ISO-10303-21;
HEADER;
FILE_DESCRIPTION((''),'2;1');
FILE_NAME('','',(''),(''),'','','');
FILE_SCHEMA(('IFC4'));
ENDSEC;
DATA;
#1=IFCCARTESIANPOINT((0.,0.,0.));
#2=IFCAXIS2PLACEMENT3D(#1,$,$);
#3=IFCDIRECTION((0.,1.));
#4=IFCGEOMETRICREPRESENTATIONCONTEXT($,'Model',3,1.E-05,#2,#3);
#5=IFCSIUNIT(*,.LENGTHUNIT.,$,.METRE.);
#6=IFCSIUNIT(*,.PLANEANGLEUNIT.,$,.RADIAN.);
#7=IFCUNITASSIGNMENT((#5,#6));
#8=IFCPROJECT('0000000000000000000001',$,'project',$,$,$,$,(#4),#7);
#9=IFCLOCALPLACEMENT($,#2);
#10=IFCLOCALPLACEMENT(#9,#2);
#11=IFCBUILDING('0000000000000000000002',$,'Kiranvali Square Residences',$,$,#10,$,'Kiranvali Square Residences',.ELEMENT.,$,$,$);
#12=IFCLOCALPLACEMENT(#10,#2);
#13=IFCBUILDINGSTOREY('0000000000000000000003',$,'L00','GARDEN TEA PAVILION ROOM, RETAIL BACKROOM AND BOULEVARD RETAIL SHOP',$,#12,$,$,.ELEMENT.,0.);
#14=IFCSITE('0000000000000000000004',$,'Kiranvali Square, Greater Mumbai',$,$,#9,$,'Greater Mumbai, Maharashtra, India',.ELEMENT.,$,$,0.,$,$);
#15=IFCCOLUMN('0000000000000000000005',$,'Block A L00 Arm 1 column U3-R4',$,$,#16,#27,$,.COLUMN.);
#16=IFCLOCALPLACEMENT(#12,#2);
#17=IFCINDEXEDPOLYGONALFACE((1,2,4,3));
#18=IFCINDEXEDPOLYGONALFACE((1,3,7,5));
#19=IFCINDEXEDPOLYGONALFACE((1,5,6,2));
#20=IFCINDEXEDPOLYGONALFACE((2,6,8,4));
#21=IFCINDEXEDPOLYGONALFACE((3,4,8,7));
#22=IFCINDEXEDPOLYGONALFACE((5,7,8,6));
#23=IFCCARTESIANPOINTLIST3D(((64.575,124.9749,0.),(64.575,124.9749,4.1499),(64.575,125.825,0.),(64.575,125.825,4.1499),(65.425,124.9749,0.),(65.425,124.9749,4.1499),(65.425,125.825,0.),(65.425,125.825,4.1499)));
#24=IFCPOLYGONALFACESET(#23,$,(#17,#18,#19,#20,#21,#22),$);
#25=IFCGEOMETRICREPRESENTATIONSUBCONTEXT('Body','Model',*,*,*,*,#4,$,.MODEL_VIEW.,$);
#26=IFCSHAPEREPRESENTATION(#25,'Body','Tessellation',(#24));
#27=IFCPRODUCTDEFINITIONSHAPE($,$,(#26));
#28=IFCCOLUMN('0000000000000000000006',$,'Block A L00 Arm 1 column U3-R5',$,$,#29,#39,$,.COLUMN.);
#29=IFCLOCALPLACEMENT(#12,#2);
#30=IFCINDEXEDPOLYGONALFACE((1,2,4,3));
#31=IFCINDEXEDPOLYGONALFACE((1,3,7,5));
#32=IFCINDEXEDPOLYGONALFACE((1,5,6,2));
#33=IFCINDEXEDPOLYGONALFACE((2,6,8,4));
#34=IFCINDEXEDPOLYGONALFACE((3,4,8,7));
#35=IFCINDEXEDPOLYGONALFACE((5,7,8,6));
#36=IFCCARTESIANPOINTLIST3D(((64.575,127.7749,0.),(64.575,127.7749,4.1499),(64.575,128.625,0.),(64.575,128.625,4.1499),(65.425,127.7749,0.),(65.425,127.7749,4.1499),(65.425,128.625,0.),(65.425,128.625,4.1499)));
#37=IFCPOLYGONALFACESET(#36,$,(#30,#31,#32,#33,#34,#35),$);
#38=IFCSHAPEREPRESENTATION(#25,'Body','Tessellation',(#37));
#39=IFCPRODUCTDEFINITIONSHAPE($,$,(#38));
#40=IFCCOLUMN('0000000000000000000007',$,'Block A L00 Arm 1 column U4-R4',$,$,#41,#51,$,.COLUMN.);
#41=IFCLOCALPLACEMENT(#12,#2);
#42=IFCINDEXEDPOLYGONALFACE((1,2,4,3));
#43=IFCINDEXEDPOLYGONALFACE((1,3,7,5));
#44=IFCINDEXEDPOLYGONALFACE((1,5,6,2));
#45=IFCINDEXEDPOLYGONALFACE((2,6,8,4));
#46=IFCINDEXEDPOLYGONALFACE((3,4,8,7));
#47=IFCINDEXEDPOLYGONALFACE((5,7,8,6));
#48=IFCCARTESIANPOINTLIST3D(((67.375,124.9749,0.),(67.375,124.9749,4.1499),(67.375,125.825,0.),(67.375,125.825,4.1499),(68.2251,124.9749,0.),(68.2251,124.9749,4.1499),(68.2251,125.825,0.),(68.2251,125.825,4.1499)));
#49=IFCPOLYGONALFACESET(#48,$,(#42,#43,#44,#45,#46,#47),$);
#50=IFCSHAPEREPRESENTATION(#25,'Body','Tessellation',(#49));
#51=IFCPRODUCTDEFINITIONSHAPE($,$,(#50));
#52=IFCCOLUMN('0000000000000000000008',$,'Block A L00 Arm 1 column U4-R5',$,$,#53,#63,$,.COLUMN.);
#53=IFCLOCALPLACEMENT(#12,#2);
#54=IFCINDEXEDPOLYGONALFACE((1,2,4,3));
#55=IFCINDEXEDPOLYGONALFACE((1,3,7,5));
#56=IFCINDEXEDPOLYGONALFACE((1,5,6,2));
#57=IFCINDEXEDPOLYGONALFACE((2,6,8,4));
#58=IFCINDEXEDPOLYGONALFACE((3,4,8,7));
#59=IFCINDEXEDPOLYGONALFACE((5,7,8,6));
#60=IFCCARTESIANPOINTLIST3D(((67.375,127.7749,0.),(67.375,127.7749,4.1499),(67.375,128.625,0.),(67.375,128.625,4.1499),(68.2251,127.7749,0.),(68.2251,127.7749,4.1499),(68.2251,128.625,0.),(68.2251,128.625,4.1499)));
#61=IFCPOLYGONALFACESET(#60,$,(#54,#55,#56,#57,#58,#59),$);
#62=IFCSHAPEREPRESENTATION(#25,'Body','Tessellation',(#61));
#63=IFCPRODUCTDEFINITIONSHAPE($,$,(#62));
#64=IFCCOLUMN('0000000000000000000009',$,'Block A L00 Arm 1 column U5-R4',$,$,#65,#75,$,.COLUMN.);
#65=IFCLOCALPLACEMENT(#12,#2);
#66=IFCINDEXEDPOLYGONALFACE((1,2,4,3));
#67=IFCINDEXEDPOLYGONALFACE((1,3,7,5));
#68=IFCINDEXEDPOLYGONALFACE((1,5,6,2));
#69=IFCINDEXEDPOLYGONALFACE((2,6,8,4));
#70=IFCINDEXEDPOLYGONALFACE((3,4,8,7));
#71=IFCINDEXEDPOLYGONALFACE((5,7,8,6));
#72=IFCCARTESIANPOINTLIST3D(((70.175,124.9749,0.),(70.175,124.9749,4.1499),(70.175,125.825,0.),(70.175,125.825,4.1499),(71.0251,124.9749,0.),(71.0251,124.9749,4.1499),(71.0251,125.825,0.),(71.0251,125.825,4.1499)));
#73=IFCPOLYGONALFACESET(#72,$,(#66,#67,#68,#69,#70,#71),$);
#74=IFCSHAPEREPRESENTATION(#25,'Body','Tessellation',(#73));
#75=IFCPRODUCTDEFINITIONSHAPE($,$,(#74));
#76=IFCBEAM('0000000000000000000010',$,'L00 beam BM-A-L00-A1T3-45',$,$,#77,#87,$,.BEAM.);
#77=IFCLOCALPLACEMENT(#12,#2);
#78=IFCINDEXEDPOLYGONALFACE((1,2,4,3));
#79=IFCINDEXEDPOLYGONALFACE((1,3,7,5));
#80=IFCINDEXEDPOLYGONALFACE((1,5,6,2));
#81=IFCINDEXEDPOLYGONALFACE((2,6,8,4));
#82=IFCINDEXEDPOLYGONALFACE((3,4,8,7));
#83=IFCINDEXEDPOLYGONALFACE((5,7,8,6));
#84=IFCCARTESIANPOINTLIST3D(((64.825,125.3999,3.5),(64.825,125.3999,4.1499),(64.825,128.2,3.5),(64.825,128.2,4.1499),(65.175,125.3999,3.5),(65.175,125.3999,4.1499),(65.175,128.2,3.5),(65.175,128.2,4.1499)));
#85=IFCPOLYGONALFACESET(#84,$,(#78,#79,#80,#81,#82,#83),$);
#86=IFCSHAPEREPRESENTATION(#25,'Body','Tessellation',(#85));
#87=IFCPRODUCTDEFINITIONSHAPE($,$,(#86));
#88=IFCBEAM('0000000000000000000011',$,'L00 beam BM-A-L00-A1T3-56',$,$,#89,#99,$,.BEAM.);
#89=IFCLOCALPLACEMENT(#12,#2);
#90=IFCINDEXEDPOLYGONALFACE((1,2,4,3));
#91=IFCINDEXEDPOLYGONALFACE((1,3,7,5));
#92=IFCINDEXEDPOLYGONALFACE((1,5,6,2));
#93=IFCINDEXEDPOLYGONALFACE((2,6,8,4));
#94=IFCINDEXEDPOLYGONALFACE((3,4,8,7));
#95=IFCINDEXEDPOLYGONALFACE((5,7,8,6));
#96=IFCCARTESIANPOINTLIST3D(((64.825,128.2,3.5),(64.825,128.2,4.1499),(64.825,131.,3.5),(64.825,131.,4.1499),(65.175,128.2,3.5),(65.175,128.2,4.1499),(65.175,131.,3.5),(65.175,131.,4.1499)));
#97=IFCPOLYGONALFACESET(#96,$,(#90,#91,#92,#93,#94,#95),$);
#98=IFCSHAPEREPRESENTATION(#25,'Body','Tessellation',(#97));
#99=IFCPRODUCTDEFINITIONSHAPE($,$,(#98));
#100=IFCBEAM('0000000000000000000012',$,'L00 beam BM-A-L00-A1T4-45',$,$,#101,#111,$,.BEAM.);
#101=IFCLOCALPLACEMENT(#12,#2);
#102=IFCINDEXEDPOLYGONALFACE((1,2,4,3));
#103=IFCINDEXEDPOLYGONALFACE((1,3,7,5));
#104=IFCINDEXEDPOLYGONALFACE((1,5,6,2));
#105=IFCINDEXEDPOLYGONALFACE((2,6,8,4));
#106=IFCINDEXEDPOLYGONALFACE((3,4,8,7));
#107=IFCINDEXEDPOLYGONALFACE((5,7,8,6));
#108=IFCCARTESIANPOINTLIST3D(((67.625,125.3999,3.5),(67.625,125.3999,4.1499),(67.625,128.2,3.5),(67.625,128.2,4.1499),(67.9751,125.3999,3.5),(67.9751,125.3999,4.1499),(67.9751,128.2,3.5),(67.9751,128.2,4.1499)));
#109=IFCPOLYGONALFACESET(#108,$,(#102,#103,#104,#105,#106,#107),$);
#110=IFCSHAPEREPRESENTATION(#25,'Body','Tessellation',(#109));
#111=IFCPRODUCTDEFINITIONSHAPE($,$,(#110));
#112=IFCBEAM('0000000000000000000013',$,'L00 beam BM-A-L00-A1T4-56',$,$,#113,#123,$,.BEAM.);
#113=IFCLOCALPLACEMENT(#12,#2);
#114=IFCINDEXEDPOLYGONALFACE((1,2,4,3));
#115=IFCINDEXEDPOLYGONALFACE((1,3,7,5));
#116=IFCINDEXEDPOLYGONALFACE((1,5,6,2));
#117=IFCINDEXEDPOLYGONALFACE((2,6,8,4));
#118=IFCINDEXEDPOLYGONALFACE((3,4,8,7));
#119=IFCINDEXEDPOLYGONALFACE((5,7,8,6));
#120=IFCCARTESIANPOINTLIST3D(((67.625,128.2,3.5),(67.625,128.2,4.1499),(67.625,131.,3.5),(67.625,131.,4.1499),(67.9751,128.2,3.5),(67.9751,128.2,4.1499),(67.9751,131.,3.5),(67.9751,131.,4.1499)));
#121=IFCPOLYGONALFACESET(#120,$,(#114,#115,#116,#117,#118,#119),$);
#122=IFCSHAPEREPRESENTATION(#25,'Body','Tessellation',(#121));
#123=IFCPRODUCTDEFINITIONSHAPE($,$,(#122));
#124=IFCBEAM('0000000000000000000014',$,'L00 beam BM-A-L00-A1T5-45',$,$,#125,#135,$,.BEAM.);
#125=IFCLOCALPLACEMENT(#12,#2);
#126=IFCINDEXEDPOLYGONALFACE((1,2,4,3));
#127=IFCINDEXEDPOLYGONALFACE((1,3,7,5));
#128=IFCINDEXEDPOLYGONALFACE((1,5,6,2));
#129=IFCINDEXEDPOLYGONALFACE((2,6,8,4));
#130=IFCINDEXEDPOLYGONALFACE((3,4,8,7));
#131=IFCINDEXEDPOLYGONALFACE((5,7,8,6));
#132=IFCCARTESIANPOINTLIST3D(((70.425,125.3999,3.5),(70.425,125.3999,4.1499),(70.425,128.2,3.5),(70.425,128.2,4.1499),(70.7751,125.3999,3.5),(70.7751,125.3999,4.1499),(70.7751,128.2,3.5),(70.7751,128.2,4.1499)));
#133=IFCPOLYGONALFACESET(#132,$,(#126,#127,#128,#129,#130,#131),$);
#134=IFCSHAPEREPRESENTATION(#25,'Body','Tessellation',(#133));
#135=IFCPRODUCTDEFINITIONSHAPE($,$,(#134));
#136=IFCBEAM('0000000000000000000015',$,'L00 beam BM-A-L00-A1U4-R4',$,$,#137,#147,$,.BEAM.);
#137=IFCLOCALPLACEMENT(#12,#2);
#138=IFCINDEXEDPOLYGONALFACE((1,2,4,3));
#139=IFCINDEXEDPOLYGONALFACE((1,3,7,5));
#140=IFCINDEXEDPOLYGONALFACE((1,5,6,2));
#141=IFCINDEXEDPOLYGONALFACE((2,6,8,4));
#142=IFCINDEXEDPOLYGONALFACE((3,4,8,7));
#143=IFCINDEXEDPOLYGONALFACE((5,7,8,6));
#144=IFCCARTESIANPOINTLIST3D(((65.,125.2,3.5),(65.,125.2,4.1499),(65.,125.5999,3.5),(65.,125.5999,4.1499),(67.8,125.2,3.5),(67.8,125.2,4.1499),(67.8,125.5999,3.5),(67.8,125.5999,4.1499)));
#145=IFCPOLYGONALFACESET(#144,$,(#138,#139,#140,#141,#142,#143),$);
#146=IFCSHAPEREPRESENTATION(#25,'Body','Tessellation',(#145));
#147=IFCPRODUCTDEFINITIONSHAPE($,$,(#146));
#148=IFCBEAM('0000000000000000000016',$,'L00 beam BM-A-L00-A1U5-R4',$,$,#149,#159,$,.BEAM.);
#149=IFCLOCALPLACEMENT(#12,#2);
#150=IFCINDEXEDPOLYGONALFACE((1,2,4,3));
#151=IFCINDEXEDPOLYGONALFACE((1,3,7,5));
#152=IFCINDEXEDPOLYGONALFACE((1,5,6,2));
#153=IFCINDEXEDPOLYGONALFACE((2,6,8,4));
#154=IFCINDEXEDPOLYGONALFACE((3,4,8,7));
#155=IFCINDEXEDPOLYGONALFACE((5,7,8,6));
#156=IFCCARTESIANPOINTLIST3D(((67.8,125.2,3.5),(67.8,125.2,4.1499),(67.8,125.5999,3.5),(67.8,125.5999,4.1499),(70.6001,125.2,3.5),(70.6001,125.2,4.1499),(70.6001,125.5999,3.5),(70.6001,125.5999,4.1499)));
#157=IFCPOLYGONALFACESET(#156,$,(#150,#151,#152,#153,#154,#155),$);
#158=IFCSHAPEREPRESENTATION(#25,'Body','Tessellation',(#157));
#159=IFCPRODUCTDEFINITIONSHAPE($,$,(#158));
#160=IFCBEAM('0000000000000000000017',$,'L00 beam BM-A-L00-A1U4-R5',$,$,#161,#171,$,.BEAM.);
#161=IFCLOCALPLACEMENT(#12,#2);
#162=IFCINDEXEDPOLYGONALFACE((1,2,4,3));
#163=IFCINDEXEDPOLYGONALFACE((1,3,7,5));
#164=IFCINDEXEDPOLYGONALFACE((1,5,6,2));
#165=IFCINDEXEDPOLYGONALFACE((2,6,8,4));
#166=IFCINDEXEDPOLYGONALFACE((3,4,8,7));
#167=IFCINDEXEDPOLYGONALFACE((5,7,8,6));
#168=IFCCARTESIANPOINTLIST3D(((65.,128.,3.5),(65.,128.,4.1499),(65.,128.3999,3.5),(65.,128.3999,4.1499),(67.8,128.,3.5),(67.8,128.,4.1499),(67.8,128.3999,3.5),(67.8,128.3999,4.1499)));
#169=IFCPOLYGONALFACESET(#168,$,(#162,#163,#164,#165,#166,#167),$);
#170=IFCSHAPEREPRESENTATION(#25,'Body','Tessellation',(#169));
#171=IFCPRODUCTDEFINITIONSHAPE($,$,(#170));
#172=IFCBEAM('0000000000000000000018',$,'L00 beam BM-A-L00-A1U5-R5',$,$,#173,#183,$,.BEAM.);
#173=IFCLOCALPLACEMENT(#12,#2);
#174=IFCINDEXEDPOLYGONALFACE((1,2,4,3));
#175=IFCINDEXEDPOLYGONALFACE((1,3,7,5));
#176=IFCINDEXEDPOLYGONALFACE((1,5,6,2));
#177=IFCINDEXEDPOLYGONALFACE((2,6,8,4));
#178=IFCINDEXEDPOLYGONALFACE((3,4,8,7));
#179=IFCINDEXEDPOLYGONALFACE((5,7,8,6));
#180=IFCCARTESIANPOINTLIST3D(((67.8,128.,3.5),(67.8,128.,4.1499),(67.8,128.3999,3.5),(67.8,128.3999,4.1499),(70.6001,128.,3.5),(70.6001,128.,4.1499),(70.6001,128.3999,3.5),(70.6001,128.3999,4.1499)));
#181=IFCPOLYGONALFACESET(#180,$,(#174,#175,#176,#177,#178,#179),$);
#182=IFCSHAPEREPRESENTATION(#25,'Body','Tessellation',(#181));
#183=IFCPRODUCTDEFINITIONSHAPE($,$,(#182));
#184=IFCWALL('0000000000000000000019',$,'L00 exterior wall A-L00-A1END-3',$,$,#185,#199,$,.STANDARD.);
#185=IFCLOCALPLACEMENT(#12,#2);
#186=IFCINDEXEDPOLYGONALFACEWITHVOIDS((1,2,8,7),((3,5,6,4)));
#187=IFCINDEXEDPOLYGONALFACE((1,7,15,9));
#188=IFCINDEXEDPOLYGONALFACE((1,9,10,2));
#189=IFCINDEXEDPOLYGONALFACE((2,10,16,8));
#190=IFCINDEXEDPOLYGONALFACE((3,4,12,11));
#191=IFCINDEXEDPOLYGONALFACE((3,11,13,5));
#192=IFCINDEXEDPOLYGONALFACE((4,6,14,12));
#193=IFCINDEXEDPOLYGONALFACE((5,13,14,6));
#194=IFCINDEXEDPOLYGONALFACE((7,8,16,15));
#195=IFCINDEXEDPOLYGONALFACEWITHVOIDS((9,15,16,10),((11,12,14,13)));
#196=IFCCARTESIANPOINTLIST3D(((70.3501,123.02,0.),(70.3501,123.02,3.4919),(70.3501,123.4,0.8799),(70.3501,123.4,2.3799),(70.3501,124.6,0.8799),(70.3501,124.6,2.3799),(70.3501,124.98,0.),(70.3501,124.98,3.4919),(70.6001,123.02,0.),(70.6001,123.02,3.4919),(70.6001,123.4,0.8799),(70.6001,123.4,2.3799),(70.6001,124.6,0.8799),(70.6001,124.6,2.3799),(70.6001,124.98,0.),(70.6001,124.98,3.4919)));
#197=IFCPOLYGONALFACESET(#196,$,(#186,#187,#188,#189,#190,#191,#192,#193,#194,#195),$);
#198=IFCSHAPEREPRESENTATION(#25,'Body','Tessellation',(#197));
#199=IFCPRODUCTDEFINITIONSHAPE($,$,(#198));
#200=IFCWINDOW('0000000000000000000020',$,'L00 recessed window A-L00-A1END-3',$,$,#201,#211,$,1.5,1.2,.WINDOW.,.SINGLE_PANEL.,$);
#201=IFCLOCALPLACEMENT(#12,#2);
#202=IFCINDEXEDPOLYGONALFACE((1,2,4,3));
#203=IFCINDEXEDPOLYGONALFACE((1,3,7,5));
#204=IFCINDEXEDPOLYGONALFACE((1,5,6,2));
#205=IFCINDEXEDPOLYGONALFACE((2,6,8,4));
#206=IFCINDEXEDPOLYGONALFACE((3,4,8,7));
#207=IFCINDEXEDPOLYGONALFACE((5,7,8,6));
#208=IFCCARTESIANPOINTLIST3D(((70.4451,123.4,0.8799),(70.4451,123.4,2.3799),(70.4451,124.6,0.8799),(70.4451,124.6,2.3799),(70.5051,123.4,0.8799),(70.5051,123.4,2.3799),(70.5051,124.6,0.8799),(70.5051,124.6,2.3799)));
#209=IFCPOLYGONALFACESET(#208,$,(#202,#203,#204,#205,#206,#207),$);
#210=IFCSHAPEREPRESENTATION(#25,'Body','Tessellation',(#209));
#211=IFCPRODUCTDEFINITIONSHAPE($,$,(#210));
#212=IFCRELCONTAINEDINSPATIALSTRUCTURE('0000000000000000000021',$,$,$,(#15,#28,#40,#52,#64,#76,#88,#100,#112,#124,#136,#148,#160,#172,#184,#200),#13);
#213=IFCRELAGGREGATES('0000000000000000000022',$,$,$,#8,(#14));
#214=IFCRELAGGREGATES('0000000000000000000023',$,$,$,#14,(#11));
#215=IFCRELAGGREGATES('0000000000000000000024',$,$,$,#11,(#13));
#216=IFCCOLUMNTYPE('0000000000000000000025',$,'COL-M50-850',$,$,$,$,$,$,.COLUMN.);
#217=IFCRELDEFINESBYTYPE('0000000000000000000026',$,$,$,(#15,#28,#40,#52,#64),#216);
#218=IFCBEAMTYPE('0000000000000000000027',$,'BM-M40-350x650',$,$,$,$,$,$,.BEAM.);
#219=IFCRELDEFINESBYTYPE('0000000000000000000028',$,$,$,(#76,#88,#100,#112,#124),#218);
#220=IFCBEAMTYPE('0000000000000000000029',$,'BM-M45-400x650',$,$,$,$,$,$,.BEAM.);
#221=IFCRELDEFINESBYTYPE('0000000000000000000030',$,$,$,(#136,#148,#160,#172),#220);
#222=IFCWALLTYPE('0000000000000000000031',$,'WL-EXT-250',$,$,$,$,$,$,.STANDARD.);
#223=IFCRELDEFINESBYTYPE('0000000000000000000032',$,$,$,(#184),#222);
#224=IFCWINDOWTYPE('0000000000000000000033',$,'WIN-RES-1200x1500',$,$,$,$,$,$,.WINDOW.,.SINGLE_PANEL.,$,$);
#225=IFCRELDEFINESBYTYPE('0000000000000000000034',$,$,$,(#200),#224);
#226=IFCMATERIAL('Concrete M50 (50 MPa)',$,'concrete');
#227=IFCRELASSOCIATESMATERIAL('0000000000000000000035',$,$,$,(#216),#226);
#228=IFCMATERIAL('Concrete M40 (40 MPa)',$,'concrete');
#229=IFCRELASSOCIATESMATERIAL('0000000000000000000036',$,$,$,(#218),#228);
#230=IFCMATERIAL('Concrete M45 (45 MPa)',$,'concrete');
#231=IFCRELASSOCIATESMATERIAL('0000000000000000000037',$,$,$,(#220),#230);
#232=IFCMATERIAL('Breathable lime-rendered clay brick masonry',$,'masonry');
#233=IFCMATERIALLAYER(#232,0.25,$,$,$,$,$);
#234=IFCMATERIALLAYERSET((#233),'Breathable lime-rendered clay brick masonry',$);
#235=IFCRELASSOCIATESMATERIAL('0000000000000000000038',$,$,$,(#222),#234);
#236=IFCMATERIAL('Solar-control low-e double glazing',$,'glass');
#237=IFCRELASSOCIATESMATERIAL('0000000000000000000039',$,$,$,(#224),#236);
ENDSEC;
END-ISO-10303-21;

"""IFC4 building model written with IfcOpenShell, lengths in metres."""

from ifc_helpers import new_model, si_unit, direction, frame, frame_2d, origin, origin_2d, place, context, subcontext, project, spatial, rectangle, extrude, material, layer, layer_set, material_profile, profile_set, type_object, element, fill, save


model = new_model("IFC4")

# Units and contexts
model_context = context("Model", 3, precision=1e-05, world=origin(), true_north=direction((0.0, 1.0)))
body_context = subcontext(model_context, "Body", "Model", "MODEL_VIEW")
ifc_project = project(units=[si_unit("LENGTHUNIT", "METRE"), si_unit("PLANEANGLEUNIT", "RADIAN")], contexts=[model_context])

# Site, building, storey
site_placement = place(None, origin())
site = spatial("IfcSite", under=ifc_project, at=site_placement, Name="Kiranvali Square, Greater Mumbai", LongName="Greater Mumbai, Maharashtra, India", CompositionType="ELEMENT", RefElevation=0.0)
building_placement = place(site_placement, origin())
building = spatial("IfcBuilding", under=site, at=building_placement, Name="Kiranvali Square Residences", LongName="Kiranvali Square Residences", CompositionType="ELEMENT")
storey_placement = place(building_placement, origin())
storey = spatial("IfcBuildingStorey", under=building, at=storey_placement, Name="L00", Description="GARDEN TEA PAVILION ROOM, RETAIL BACKROOM AND BOULEVARD RETAIL SHOP", CompositionType="ELEMENT", Elevation=0.0)

# Columns
ifc_material_1 = material(Name="Concrete M50 (50 MPa)", Category="concrete")
ifc_material_profile_1 = material_profile(ifc_material_1, rectangle(XDim=0.8501, YDim=0.8501, at=origin_2d()), Name="RC 850x850")
ifc_profile_set_1 = profile_set([ifc_material_profile_1], Name="Concrete M50 (50 MPa)")
column_type = type_object("IfcColumnType", Name="COL-M50-850", PredefinedType="COLUMN", material=ifc_profile_set_1)
for number, where, z_axis, x_axis, name in (
    (1, (65.0, 125.3999, 0.0), (0.0, 0.0, 1.0), (1.0, 0.0, 0.0), "Block A L00 Arm 1 column U3-R4"),
    (2, (65.0, 128.2, 0.0), (0.0, 0.0, 1.0), (1.0, 0.0, 0.0), "Block A L00 Arm 1 column U3-R5"),
    (3, (67.8, 125.3999, 0.0), (0.0, 0.0, 1.0), (1.0, 0.0, 0.0), "Block A L00 Arm 1 column U4-R4"),
    (4, (67.8, 128.2, 0.0), (0.0, 0.0, 1.0), (1.0, 0.0, 0.0), "Block A L00 Arm 1 column U4-R5"),
    (5, (70.6001, 125.3999, 0.0), (0.0, 0.0, 1.0), (1.0, 0.0, 0.0), "Block A L00 Arm 1 column U5-R4"),
):
    element("IfcColumn", number, at=place(storey_placement, frame(where, z_axis=z_axis, x_axis=x_axis)), inside=storey, type_object=column_type, Name=name, PredefinedType="COLUMN", context=body_context, shape_type="SweptSolid", body=[
        extrude(rectangle(XDim=0.8501, YDim=0.8501, at=origin_2d()), origin(), (0.0, 0.0, 1.0), 4.1499),
    ])

# Beams
ifc_material_2 = material(Name="Concrete M40 (40 MPa)", Category="concrete")
ifc_material_profile_2 = material_profile(ifc_material_2, rectangle(XDim=0.3501, YDim=0.6499, at=origin_2d()), Name="RC 350x650")
ifc_profile_set_2 = profile_set([ifc_material_profile_2], Name="Concrete M40 (40 MPa)")
beam_type_1 = type_object("IfcBeamType", Name="BM-M40-350x650", PredefinedType="BEAM", material=ifc_profile_set_2)
for number, where, z_axis, x_axis, name in (
    (6, (65.0, 125.3999, 3.825), (0.0, 1.0, 0.0), (-1.0, 0.0, 0.0), "L00 beam BM-A-L00-A1T3-45"),
    (7, (65.0, 128.2, 3.825), (0.0, 1.0, 0.0), (-1.0, 0.0, 0.0), "L00 beam BM-A-L00-A1T3-56"),
    (8, (67.8, 125.3999, 3.825), (0.0, 1.0, 0.0), (-1.0, 0.0, 0.0), "L00 beam BM-A-L00-A1T4-45"),
    (9, (67.8, 128.2, 3.825), (0.0, 1.0, 0.0), (-1.0, 0.0, 0.0), "L00 beam BM-A-L00-A1T4-56"),
    (10, (70.6001, 125.3999, 3.825), (0.0, 1.0, 0.0), (-1.0, 0.0, 0.0), "L00 beam BM-A-L00-A1T5-45"),
):
    element("IfcBeam", number, at=place(storey_placement, frame(where, z_axis=z_axis, x_axis=x_axis)), inside=storey, type_object=beam_type_1, Name=name, PredefinedType="BEAM", context=body_context, shape_type="SweptSolid", body=[
        extrude(rectangle(XDim=0.3501, YDim=0.6499, at=origin_2d()), origin(), (0.0, 0.0, 1.0), 2.8),
    ])
ifc_material_3 = material(Name="Concrete M45 (45 MPa)", Category="concrete")
ifc_material_profile_3 = material_profile(ifc_material_3, rectangle(XDim=0.3999, YDim=0.6499, at=origin_2d()), Name="RC 400x650")
ifc_profile_set_3 = profile_set([ifc_material_profile_3], Name="Concrete M45 (45 MPa)")
beam_type_2 = type_object("IfcBeamType", Name="BM-M45-400x650", PredefinedType="BEAM", material=ifc_profile_set_3)
for number, where, z_axis, x_axis, name in (
    (11, (65.0, 125.3999, 3.825), (1.0, 0.0, 0.0), (0.0, 1.0, 0.0), "L00 beam BM-A-L00-A1U4-R4"),
    (12, (67.8, 125.3999, 3.825), (1.0, 0.0, 0.0), (0.0, 1.0, 0.0), "L00 beam BM-A-L00-A1U5-R4"),
    (13, (65.0, 128.2, 3.825), (1.0, 0.0, 0.0), (0.0, 1.0, 0.0), "L00 beam BM-A-L00-A1U4-R5"),
    (14, (67.8, 128.2, 3.825), (1.0, 0.0, 0.0), (0.0, 1.0, 0.0), "L00 beam BM-A-L00-A1U5-R5"),
):
    element("IfcBeam", number, at=place(storey_placement, frame(where, z_axis=z_axis, x_axis=x_axis)), inside=storey, type_object=beam_type_2, Name=name, PredefinedType="BEAM", context=body_context, shape_type="SweptSolid", body=[
        extrude(rectangle(XDim=0.3999, YDim=0.6499, at=origin_2d()), origin(), (0.0, 0.0, 1.0), 2.8),
    ])

# Wall, opening, window
ifc_material_4 = material(Name="Breathable lime-rendered clay brick masonry", Category="masonry")
ifc_layer_1 = layer(ifc_material_4, 0.25)
ifc_layer_set_1 = layer_set([ifc_layer_1], Name="Breathable lime-rendered clay brick masonry")
wall_type_1 = type_object("IfcWallType", Name="WL-EXT-250", PredefinedType="STANDARD", material=ifc_layer_set_1)
wall_1_placement = place(storey_placement, frame((70.4751, 123.02, 0.0), z_axis=(0.0, 0.0, 1.0), x_axis=(0.0, 1.0, 0.0)))
wall_1 = element("IfcWall", 15, at=wall_1_placement, inside=storey, type_object=wall_type_1, Name="L00 exterior wall A-L00-A1END-3", PredefinedType="STANDARD", context=body_context, shape_type="SweptSolid", body=[
    extrude(rectangle(XDim=1.96, YDim=0.25, at=frame_2d((0.98, 0.0))), origin(), (0.0, 0.0, 1.0), 3.4919),
])
opening_1_placement = place(wall_1_placement, frame((0.3799, 0.0, 0.8799)))
opening_1 = element("IfcOpeningElement", 16, at=opening_1_placement, cuts=wall_1, PredefinedType="OPENING", context=body_context, shape_type="SweptSolid", body=[
    extrude(rectangle(XDim=1.2, YDim=1.5, at=frame_2d((0.6001, 0.75))), frame((0.0, 0.135, 0.0), z_axis=(0.0, -1.0, 0.0), x_axis=(1.0, 0.0, 0.0)), (0.0, 0.0, 1.0), 0.27),
])
ifc_material_5 = material(Name="Solar-control low-e double glazing", Category="glass")
window_type = type_object("IfcWindowType", Name="WIN-RES-1200x1500", PartitioningType="SINGLE_PANEL", PredefinedType="WINDOW", material=ifc_material_5)
window_1_placement = place(opening_1_placement, origin())
window_1 = element("IfcWindow", 17, at=window_1_placement, inside=storey, type_object=window_type, Name="L00 recessed window A-L00-A1END-3", OverallHeight=1.5, OverallWidth=1.2, PartitioningType="SINGLE_PANEL", PredefinedType="WINDOW", context=body_context, shape_type="SweptSolid", body=[
    extrude(rectangle(XDim=1.2, YDim=1.5, at=frame_2d((0.6001, 0.75))), frame((0.0, 0.03, 0.0), z_axis=(0.0, -1.0, 0.0), x_axis=(1.0, 0.0, 0.0)), (0.0, 0.0, 1.0), 0.0601),
])
fill(opening_1, window_1)

save(model, "model.ifc")
